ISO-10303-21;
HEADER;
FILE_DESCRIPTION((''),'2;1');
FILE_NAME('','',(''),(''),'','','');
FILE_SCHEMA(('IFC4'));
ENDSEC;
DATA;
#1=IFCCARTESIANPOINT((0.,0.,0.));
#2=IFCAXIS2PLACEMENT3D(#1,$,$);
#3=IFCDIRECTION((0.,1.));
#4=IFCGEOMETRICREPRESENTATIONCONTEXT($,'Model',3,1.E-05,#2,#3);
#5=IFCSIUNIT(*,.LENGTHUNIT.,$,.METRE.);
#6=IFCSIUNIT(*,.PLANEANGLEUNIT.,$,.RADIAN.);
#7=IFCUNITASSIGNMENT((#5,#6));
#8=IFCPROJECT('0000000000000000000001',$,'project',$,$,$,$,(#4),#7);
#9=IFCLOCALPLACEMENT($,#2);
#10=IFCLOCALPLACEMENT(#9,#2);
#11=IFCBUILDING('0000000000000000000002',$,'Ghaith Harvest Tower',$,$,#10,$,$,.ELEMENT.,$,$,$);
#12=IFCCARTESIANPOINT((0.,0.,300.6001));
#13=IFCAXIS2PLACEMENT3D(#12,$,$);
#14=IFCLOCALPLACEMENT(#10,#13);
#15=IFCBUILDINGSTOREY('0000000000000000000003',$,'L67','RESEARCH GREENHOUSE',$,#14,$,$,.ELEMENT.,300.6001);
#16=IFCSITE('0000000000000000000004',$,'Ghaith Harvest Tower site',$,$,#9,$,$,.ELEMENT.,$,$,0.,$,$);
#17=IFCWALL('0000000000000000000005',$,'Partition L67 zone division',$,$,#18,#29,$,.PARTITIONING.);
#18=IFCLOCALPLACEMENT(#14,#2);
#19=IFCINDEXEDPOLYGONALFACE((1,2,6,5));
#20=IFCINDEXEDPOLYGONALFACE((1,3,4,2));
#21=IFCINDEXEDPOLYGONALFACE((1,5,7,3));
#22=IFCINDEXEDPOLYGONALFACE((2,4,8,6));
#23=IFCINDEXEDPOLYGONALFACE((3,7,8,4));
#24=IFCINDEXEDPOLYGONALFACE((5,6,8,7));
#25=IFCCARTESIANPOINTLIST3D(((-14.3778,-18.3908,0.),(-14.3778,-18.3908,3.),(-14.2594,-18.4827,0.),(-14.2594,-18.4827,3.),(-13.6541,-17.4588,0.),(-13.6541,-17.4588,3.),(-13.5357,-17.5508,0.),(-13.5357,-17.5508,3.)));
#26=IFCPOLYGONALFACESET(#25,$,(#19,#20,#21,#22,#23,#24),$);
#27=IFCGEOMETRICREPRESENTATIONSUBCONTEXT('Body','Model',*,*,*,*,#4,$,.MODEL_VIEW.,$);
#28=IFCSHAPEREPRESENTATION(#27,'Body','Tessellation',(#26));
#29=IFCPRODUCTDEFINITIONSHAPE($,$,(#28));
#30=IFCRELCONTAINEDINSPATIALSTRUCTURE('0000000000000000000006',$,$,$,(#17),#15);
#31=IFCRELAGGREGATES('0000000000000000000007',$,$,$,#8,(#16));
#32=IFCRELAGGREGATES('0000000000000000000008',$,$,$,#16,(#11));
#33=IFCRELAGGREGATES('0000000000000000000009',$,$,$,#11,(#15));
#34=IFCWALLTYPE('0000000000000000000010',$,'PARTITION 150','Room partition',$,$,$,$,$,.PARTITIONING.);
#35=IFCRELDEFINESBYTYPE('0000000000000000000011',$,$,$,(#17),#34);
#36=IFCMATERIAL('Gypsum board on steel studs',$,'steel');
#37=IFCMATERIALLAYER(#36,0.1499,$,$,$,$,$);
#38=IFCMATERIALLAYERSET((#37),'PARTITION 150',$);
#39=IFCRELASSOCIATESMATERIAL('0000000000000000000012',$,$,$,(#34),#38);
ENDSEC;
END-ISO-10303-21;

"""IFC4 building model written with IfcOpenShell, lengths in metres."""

from ifc_helpers import new_model, si_unit, direction, frame, frame_2d, origin, place, context, subcontext, project, spatial, rectangle, extrude, material, layer, layer_set, type_object, element, save


model = new_model("IFC4")

# Units and contexts
model_context = context("Model", 3, precision=1e-05, world=origin(), true_north=direction((0.0, 1.0)))
body_context = subcontext(model_context, "Body", "Model", "MODEL_VIEW")
ifc_project = project(units=[si_unit("LENGTHUNIT", "METRE"), si_unit("PLANEANGLEUNIT", "RADIAN")], contexts=[model_context])

# Site, building, storey
site_placement = place(None, origin())
site = spatial("IfcSite", under=ifc_project, at=site_placement, Name="Ghaith Harvest Tower site", CompositionType="ELEMENT", RefElevation=0.0)
building_placement = place(site_placement, origin())
building = spatial("IfcBuilding", under=site, at=building_placement, Name="Ghaith Harvest Tower", CompositionType="ELEMENT")
storey_placement = place(building_placement, frame((0.0, 0.0, 300.6001)))
storey = spatial("IfcBuildingStorey", under=building, at=storey_placement, Name="L67", Description="RESEARCH GREENHOUSE", CompositionType="ELEMENT", Elevation=300.6001)

# Shared definitions
ifc_material_1 = material(Name="Gypsum board on steel studs", Category="steel")
ifc_layer_1 = layer(ifc_material_1, 0.1499)
ifc_layer_set_1 = layer_set([ifc_layer_1], Name="PARTITION 150")
wall_type_1 = type_object("IfcWallType", Name="PARTITION 150", Description="Room partition", PredefinedType="PARTITIONING", material=ifc_layer_set_1)

# Wall
wall_1_placement = place(storey_placement, frame((-13.595, -17.5049, 0.0), z_axis=(0.0, 0.0, 1.0), x_axis=(-0.613324, -0.789831, 0.0)))
element("IfcWall", 1, at=wall_1_placement, inside=storey, type_object=wall_type_1, Name="Partition L67 zone division", PredefinedType="PARTITIONING", context=body_context, shape_type="SweptSolid", body=[
    extrude(rectangle(XDim=1.1799, YDim=0.1499, at=frame_2d((0.5898, 0.0))), origin(), (0.0, 0.0, 1.0), 3.0),
])

save(model, "model.ifc")
